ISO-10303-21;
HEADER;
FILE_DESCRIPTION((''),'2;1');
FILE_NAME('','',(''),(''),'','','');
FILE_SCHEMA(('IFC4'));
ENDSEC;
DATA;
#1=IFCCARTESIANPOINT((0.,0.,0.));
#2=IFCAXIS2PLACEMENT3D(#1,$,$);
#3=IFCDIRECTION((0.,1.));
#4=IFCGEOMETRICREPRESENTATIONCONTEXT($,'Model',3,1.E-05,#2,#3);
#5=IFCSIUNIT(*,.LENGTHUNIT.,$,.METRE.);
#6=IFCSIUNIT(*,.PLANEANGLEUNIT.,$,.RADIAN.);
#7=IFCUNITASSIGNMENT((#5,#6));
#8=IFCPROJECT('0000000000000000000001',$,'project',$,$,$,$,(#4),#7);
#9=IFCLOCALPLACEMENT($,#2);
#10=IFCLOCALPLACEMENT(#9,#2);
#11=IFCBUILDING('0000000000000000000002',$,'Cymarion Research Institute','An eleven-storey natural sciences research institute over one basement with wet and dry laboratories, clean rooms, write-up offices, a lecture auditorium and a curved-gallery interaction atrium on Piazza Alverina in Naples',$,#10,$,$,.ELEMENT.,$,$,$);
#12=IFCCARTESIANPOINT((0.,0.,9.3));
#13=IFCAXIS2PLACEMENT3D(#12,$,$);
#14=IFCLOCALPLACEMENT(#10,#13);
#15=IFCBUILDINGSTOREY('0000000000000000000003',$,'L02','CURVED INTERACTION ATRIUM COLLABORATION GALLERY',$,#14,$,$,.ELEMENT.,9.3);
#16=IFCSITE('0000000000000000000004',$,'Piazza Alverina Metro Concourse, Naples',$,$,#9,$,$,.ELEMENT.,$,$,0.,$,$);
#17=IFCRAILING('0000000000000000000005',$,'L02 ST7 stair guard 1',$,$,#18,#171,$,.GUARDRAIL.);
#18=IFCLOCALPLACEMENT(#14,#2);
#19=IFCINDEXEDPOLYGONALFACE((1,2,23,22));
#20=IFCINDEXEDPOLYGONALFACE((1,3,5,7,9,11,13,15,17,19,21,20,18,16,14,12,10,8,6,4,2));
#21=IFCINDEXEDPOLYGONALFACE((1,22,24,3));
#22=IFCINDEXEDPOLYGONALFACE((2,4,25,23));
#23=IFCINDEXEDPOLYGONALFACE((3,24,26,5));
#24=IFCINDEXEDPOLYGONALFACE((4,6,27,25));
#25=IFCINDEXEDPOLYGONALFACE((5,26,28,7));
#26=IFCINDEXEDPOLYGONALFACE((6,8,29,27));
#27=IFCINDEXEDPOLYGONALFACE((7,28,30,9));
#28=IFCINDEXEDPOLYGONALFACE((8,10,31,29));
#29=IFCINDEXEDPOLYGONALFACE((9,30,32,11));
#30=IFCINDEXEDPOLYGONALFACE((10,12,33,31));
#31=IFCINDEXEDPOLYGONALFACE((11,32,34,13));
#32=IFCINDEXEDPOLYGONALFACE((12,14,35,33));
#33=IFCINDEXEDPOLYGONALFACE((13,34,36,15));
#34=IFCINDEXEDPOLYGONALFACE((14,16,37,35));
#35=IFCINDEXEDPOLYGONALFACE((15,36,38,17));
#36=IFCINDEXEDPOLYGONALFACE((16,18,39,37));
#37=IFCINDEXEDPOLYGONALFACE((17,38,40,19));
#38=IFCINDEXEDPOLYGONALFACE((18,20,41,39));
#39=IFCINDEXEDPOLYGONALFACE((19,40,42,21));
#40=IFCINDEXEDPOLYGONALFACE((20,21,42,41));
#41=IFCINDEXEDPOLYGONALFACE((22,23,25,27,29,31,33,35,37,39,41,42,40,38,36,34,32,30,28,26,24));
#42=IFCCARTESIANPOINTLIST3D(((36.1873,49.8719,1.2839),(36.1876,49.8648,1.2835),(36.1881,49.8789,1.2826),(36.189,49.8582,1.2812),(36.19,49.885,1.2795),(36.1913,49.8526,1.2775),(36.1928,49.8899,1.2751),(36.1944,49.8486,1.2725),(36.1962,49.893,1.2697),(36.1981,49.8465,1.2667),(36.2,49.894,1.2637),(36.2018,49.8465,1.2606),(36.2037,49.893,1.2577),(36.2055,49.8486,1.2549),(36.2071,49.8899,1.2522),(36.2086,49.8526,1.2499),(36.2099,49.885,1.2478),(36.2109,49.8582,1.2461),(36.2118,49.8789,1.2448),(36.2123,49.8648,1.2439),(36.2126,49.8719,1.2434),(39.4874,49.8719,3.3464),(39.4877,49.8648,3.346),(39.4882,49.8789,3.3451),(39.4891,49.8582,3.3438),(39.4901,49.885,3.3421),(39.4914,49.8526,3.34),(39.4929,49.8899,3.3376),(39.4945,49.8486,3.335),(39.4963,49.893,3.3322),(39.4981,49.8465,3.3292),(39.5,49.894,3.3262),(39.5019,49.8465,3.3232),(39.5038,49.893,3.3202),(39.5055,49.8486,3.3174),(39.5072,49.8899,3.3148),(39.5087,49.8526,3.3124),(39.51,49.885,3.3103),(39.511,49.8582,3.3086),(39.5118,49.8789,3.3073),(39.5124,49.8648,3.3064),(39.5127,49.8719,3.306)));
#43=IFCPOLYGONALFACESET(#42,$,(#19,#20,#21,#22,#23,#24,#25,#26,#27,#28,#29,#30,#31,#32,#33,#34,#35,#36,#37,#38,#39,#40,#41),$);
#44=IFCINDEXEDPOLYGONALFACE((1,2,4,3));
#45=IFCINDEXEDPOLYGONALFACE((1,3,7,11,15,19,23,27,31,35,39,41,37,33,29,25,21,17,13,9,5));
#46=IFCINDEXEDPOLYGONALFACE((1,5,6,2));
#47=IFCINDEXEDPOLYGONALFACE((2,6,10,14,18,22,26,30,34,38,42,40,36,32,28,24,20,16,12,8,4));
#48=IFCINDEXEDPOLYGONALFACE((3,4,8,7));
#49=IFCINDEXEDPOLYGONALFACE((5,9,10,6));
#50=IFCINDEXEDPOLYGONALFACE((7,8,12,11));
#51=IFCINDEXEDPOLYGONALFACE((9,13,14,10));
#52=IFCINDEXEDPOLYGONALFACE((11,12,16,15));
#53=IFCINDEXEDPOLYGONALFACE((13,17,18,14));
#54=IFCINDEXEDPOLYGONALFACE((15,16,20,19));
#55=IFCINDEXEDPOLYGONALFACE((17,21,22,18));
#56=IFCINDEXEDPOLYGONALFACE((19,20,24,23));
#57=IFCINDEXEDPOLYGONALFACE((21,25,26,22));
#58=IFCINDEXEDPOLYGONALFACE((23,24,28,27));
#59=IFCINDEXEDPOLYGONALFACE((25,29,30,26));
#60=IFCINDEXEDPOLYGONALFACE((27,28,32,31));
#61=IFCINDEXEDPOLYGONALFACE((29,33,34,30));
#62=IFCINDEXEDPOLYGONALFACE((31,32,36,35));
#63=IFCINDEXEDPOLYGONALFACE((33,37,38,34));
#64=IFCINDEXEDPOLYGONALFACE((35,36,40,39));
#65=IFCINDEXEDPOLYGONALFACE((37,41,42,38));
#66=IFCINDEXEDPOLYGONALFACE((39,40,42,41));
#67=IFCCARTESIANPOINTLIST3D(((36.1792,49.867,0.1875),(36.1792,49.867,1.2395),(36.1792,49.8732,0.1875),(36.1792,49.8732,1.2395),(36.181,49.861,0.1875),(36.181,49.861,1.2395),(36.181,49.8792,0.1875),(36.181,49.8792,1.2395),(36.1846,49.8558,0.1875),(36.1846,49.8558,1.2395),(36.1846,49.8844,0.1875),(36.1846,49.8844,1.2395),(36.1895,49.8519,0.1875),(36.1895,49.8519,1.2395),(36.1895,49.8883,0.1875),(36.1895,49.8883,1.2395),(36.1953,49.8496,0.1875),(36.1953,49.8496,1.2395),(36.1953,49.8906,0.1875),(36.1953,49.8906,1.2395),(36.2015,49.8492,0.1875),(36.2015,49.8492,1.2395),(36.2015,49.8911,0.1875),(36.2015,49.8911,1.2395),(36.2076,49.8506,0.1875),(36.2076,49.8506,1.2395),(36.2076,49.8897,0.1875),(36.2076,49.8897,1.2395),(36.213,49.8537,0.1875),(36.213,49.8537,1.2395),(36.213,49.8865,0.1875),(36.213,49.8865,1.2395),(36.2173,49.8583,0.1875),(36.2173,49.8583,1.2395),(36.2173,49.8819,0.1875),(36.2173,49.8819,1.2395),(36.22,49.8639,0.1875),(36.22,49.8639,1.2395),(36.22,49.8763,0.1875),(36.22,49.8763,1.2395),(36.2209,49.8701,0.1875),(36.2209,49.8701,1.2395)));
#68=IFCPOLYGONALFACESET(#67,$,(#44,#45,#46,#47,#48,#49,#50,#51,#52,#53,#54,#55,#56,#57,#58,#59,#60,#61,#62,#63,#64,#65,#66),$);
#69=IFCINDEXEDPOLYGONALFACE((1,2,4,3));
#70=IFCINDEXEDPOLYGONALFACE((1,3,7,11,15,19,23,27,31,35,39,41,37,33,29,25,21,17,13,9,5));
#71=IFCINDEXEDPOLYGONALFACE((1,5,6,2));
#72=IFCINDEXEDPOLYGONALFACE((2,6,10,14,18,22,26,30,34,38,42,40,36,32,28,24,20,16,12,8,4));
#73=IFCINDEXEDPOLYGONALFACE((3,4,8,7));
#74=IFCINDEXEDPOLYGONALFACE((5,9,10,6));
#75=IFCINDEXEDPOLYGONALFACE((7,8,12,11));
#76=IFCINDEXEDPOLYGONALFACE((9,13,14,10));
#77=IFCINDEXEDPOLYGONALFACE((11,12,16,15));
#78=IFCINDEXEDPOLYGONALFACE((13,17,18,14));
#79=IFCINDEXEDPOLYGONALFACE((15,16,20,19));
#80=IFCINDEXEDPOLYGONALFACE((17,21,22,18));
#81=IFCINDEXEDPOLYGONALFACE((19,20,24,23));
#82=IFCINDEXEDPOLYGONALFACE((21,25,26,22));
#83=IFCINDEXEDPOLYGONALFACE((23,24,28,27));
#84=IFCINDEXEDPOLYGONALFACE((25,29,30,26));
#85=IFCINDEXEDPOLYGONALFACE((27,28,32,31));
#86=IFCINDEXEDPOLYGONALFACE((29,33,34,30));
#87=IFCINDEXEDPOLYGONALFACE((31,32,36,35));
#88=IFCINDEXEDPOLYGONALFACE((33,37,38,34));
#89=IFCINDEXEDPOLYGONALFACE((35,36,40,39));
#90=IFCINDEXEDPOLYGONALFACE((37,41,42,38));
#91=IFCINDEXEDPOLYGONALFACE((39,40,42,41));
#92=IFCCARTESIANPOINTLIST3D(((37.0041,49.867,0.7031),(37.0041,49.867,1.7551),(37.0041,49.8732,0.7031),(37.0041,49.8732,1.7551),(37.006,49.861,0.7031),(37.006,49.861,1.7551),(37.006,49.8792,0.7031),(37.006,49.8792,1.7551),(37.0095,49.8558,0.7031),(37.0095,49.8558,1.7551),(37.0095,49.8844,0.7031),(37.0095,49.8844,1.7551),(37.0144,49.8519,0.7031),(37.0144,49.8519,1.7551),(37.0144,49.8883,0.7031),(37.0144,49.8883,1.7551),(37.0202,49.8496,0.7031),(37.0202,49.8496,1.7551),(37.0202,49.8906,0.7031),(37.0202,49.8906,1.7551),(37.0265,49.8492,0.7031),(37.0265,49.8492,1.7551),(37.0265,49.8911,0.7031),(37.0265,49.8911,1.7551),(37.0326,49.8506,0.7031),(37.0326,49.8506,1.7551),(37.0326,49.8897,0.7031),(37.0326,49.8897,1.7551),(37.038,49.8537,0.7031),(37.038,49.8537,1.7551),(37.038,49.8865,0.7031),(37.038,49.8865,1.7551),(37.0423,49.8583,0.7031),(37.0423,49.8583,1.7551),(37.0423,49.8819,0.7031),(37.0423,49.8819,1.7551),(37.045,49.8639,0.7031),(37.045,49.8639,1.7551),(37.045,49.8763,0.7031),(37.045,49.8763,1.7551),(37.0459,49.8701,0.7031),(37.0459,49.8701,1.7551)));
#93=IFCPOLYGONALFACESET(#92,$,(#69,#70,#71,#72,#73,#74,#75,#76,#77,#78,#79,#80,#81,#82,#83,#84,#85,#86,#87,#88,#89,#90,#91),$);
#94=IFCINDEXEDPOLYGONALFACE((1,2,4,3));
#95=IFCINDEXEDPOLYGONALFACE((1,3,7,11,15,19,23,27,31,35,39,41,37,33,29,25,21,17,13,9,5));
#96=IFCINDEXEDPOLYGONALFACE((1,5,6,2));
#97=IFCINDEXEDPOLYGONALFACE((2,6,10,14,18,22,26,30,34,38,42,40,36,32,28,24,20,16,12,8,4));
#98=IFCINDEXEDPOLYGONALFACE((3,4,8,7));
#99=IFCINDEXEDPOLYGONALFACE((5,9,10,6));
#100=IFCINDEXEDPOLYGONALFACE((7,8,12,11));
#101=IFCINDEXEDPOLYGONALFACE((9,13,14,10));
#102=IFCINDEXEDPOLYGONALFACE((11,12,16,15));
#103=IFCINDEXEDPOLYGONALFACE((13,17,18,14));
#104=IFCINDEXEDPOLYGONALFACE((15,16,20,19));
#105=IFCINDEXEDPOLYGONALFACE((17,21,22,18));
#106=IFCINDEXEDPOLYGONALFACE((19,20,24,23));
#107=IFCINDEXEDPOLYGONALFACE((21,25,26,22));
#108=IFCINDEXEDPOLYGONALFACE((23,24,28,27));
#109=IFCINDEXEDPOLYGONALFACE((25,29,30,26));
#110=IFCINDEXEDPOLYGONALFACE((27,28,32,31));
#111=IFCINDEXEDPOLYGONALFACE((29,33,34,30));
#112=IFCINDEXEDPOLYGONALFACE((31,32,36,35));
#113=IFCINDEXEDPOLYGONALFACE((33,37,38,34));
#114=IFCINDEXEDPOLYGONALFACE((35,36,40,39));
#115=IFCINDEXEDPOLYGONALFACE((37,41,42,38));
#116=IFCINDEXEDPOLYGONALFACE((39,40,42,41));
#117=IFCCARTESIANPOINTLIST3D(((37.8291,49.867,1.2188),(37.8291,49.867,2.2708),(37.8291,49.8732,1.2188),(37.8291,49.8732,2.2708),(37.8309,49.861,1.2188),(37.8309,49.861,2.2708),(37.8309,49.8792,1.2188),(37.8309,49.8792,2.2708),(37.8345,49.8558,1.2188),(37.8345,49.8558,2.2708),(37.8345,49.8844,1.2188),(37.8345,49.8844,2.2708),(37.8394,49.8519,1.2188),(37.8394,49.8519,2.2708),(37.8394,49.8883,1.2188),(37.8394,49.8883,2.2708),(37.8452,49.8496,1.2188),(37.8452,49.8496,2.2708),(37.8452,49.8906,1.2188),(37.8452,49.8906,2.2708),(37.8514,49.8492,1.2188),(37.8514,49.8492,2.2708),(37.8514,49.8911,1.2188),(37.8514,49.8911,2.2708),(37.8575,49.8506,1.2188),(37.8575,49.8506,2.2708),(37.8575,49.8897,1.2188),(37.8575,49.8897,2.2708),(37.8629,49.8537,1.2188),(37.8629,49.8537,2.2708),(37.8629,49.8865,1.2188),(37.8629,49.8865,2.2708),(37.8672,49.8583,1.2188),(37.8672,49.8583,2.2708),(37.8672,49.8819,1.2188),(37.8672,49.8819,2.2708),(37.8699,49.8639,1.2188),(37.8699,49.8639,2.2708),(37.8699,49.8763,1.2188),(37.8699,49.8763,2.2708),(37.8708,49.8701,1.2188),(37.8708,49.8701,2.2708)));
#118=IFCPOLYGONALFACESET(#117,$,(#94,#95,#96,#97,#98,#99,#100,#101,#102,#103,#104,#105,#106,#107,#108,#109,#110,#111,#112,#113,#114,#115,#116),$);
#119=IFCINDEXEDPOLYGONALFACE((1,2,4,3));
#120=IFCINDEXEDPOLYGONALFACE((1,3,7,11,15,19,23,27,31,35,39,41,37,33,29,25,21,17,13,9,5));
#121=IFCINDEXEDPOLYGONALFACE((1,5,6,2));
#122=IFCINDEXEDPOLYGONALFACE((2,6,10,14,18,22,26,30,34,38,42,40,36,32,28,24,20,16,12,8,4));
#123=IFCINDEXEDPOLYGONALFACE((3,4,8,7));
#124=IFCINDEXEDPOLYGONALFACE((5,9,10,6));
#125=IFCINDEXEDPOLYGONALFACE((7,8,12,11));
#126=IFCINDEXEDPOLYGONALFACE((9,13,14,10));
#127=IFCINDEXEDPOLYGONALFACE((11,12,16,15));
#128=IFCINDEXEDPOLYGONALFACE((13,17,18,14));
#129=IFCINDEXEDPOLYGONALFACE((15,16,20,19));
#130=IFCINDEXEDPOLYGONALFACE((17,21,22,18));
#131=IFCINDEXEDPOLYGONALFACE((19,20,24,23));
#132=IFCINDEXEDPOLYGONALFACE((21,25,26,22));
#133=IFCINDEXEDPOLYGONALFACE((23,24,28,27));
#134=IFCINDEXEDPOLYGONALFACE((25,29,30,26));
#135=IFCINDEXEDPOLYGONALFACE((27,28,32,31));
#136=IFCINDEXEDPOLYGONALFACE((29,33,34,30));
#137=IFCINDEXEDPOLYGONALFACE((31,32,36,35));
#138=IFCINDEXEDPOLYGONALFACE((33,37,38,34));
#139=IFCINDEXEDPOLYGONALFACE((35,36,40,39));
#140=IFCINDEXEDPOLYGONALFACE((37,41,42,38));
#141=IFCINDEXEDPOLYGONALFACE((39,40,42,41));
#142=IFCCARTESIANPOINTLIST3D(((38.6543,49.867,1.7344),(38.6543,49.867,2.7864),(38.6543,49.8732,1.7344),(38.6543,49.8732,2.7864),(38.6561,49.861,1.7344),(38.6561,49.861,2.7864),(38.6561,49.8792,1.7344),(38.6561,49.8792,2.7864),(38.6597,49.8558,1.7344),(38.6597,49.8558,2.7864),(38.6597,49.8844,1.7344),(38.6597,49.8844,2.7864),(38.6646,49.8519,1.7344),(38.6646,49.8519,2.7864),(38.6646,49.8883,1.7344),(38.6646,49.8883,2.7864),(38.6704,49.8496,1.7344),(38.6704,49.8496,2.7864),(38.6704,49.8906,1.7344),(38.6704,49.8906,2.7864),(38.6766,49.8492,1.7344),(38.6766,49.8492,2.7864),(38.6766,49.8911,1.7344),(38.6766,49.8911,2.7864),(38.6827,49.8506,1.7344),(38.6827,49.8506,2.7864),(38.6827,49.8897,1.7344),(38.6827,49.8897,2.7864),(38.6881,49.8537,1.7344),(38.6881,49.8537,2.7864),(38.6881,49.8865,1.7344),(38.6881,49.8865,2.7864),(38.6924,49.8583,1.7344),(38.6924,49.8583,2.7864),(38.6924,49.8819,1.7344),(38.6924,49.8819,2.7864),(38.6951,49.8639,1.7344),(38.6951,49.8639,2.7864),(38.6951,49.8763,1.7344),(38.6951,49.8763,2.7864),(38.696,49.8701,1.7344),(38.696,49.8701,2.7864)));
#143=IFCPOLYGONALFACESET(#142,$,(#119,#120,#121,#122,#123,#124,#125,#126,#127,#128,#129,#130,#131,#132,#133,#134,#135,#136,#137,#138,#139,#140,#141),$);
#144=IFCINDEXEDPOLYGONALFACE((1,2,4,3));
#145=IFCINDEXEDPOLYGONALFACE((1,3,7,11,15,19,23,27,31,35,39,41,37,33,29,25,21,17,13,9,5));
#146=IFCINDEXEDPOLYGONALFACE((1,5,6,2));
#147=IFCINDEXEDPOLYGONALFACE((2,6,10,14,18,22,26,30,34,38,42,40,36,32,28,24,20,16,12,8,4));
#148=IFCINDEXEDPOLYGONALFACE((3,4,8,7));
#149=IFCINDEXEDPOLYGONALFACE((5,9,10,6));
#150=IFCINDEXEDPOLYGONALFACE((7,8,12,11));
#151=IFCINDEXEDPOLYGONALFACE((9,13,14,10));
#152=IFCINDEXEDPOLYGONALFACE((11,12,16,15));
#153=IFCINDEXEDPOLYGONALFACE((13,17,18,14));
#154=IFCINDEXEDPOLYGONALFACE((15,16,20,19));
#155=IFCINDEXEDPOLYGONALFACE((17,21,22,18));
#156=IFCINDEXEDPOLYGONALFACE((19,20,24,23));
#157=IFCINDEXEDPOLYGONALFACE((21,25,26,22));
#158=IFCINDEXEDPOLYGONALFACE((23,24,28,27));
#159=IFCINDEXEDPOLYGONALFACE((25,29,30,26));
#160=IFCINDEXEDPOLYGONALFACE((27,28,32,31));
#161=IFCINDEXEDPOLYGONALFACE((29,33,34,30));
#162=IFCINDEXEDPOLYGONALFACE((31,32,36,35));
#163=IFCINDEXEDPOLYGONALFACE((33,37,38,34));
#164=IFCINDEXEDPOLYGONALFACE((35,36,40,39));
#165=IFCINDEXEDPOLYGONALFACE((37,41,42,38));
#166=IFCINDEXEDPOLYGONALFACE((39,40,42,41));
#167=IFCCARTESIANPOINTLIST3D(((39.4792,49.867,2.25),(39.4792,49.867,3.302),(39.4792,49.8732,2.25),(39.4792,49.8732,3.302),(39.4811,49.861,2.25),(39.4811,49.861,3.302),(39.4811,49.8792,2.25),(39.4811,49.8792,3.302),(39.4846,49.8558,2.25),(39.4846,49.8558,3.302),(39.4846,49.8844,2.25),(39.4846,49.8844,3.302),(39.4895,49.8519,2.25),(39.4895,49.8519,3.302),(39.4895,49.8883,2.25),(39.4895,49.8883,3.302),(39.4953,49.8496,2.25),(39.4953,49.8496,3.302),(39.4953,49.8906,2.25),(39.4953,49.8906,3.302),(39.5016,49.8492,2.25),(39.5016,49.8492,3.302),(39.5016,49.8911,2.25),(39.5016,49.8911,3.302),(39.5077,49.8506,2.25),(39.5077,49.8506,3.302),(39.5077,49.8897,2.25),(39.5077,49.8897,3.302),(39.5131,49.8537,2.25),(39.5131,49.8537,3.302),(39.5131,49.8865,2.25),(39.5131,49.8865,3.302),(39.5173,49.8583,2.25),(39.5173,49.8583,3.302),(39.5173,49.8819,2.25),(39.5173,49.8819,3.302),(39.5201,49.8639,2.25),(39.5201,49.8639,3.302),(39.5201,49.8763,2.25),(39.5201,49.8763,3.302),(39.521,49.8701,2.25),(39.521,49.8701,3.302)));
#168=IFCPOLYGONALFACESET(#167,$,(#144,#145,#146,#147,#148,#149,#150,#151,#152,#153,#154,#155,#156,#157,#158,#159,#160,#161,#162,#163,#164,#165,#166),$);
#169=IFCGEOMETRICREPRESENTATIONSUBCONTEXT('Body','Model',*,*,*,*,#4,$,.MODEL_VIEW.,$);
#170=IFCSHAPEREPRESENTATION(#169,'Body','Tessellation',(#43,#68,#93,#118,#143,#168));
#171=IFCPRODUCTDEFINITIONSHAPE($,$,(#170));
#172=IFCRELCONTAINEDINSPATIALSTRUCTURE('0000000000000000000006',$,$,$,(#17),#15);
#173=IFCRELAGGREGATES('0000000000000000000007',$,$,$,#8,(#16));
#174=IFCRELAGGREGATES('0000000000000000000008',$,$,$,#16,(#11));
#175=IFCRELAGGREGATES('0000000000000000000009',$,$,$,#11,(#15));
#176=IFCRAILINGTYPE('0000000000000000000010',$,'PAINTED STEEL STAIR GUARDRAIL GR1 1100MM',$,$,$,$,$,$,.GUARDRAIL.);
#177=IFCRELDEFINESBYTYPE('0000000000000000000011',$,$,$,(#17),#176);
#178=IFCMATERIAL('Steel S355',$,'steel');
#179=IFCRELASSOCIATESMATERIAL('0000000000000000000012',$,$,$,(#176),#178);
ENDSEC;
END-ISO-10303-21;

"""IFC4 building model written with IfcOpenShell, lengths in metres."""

from ifc_helpers import new_model, si_unit, direction, frame, origin, origin_2d, place, context, subcontext, project, spatial, circle, extrude, material, type_object, element, save


model = new_model("IFC4")

# Units and contexts
model_context = context("Model", 3, precision=1e-05, world=origin(), true_north=direction((0.0, 1.0)))
body_context = subcontext(model_context, "Body", "Model", "MODEL_VIEW")
ifc_project = project(units=[si_unit("LENGTHUNIT", "METRE"), si_unit("PLANEANGLEUNIT", "RADIAN")], contexts=[model_context])

# Site, building, storey
site_placement = place(None, origin())
site = spatial("IfcSite", under=ifc_project, at=site_placement, Name="Piazza Alverina Metro Concourse, Naples", CompositionType="ELEMENT", RefElevation=0.0)
building_placement = place(site_placement, origin())
building = spatial("IfcBuilding", under=site, at=building_placement, Name="Cymarion Research Institute", Description="An eleven-storey natural sciences research institute over one basement with wet and dry laboratories, clean rooms, write-up offices, a lecture auditorium and a curved-gallery interaction atrium on Piazza Alverina in Naples", CompositionType="ELEMENT")
storey_placement = place(building_placement, frame((0.0, 0.0, 9.3)))
storey = spatial("IfcBuildingStorey", under=building, at=storey_placement, Name="L02", Description="CURVED INTERACTION ATRIUM COLLABORATION GALLERY", CompositionType="ELEMENT", Elevation=9.3)

# Railing
ifc_material_1 = material(Name="Steel S355", Category="steel")
railing_type_1 = type_object("IfcRailingType", Name="PAINTED STEEL STAIR GUARDRAIL GR1 1100MM", PredefinedType="GUARDRAIL", material=ifc_material_1)
railing_1_placement = place(storey_placement, frame((36.2, 49.8701, 0.1875)))
element("IfcRailing", 1, at=railing_1_placement, inside=storey, type_object=railing_type_1, Name="L02 ST7 stair guard 1", PredefinedType="GUARDRAIL", context=body_context, shape_type="SweptSolid", body=[
    extrude(circle(Radius=0.0239, at=origin_2d()), frame((0.0, 0.0, 1.0762), z_axis=(0.848002, 0.0, 0.529993), x_axis=(0.0, 1.0, 0.0)), (0.0, 0.0, 1.0), 3.8916),
    extrude(circle(Radius=0.021, at=origin_2d()), origin(), (0.0, 0.0, 1.0), 1.052),
    extrude(circle(Radius=0.021, at=origin_2d()), frame((0.825, 0.0, 0.5156)), (0.0, 0.0, 1.0), 1.052),
    extrude(circle(Radius=0.021, at=origin_2d()), frame((1.6499, 0.0, 1.0312)), (0.0, 0.0, 1.0), 1.052),
    extrude(circle(Radius=0.021, at=origin_2d()), frame((2.4751, 0.0, 1.5469)), (0.0, 0.0, 1.0), 1.052),
    extrude(circle(Radius=0.021, at=origin_2d()), frame((3.3, 0.0, 2.0625)), (0.0, 0.0, 1.0), 1.052),
])

save(model, "model.ifc")
